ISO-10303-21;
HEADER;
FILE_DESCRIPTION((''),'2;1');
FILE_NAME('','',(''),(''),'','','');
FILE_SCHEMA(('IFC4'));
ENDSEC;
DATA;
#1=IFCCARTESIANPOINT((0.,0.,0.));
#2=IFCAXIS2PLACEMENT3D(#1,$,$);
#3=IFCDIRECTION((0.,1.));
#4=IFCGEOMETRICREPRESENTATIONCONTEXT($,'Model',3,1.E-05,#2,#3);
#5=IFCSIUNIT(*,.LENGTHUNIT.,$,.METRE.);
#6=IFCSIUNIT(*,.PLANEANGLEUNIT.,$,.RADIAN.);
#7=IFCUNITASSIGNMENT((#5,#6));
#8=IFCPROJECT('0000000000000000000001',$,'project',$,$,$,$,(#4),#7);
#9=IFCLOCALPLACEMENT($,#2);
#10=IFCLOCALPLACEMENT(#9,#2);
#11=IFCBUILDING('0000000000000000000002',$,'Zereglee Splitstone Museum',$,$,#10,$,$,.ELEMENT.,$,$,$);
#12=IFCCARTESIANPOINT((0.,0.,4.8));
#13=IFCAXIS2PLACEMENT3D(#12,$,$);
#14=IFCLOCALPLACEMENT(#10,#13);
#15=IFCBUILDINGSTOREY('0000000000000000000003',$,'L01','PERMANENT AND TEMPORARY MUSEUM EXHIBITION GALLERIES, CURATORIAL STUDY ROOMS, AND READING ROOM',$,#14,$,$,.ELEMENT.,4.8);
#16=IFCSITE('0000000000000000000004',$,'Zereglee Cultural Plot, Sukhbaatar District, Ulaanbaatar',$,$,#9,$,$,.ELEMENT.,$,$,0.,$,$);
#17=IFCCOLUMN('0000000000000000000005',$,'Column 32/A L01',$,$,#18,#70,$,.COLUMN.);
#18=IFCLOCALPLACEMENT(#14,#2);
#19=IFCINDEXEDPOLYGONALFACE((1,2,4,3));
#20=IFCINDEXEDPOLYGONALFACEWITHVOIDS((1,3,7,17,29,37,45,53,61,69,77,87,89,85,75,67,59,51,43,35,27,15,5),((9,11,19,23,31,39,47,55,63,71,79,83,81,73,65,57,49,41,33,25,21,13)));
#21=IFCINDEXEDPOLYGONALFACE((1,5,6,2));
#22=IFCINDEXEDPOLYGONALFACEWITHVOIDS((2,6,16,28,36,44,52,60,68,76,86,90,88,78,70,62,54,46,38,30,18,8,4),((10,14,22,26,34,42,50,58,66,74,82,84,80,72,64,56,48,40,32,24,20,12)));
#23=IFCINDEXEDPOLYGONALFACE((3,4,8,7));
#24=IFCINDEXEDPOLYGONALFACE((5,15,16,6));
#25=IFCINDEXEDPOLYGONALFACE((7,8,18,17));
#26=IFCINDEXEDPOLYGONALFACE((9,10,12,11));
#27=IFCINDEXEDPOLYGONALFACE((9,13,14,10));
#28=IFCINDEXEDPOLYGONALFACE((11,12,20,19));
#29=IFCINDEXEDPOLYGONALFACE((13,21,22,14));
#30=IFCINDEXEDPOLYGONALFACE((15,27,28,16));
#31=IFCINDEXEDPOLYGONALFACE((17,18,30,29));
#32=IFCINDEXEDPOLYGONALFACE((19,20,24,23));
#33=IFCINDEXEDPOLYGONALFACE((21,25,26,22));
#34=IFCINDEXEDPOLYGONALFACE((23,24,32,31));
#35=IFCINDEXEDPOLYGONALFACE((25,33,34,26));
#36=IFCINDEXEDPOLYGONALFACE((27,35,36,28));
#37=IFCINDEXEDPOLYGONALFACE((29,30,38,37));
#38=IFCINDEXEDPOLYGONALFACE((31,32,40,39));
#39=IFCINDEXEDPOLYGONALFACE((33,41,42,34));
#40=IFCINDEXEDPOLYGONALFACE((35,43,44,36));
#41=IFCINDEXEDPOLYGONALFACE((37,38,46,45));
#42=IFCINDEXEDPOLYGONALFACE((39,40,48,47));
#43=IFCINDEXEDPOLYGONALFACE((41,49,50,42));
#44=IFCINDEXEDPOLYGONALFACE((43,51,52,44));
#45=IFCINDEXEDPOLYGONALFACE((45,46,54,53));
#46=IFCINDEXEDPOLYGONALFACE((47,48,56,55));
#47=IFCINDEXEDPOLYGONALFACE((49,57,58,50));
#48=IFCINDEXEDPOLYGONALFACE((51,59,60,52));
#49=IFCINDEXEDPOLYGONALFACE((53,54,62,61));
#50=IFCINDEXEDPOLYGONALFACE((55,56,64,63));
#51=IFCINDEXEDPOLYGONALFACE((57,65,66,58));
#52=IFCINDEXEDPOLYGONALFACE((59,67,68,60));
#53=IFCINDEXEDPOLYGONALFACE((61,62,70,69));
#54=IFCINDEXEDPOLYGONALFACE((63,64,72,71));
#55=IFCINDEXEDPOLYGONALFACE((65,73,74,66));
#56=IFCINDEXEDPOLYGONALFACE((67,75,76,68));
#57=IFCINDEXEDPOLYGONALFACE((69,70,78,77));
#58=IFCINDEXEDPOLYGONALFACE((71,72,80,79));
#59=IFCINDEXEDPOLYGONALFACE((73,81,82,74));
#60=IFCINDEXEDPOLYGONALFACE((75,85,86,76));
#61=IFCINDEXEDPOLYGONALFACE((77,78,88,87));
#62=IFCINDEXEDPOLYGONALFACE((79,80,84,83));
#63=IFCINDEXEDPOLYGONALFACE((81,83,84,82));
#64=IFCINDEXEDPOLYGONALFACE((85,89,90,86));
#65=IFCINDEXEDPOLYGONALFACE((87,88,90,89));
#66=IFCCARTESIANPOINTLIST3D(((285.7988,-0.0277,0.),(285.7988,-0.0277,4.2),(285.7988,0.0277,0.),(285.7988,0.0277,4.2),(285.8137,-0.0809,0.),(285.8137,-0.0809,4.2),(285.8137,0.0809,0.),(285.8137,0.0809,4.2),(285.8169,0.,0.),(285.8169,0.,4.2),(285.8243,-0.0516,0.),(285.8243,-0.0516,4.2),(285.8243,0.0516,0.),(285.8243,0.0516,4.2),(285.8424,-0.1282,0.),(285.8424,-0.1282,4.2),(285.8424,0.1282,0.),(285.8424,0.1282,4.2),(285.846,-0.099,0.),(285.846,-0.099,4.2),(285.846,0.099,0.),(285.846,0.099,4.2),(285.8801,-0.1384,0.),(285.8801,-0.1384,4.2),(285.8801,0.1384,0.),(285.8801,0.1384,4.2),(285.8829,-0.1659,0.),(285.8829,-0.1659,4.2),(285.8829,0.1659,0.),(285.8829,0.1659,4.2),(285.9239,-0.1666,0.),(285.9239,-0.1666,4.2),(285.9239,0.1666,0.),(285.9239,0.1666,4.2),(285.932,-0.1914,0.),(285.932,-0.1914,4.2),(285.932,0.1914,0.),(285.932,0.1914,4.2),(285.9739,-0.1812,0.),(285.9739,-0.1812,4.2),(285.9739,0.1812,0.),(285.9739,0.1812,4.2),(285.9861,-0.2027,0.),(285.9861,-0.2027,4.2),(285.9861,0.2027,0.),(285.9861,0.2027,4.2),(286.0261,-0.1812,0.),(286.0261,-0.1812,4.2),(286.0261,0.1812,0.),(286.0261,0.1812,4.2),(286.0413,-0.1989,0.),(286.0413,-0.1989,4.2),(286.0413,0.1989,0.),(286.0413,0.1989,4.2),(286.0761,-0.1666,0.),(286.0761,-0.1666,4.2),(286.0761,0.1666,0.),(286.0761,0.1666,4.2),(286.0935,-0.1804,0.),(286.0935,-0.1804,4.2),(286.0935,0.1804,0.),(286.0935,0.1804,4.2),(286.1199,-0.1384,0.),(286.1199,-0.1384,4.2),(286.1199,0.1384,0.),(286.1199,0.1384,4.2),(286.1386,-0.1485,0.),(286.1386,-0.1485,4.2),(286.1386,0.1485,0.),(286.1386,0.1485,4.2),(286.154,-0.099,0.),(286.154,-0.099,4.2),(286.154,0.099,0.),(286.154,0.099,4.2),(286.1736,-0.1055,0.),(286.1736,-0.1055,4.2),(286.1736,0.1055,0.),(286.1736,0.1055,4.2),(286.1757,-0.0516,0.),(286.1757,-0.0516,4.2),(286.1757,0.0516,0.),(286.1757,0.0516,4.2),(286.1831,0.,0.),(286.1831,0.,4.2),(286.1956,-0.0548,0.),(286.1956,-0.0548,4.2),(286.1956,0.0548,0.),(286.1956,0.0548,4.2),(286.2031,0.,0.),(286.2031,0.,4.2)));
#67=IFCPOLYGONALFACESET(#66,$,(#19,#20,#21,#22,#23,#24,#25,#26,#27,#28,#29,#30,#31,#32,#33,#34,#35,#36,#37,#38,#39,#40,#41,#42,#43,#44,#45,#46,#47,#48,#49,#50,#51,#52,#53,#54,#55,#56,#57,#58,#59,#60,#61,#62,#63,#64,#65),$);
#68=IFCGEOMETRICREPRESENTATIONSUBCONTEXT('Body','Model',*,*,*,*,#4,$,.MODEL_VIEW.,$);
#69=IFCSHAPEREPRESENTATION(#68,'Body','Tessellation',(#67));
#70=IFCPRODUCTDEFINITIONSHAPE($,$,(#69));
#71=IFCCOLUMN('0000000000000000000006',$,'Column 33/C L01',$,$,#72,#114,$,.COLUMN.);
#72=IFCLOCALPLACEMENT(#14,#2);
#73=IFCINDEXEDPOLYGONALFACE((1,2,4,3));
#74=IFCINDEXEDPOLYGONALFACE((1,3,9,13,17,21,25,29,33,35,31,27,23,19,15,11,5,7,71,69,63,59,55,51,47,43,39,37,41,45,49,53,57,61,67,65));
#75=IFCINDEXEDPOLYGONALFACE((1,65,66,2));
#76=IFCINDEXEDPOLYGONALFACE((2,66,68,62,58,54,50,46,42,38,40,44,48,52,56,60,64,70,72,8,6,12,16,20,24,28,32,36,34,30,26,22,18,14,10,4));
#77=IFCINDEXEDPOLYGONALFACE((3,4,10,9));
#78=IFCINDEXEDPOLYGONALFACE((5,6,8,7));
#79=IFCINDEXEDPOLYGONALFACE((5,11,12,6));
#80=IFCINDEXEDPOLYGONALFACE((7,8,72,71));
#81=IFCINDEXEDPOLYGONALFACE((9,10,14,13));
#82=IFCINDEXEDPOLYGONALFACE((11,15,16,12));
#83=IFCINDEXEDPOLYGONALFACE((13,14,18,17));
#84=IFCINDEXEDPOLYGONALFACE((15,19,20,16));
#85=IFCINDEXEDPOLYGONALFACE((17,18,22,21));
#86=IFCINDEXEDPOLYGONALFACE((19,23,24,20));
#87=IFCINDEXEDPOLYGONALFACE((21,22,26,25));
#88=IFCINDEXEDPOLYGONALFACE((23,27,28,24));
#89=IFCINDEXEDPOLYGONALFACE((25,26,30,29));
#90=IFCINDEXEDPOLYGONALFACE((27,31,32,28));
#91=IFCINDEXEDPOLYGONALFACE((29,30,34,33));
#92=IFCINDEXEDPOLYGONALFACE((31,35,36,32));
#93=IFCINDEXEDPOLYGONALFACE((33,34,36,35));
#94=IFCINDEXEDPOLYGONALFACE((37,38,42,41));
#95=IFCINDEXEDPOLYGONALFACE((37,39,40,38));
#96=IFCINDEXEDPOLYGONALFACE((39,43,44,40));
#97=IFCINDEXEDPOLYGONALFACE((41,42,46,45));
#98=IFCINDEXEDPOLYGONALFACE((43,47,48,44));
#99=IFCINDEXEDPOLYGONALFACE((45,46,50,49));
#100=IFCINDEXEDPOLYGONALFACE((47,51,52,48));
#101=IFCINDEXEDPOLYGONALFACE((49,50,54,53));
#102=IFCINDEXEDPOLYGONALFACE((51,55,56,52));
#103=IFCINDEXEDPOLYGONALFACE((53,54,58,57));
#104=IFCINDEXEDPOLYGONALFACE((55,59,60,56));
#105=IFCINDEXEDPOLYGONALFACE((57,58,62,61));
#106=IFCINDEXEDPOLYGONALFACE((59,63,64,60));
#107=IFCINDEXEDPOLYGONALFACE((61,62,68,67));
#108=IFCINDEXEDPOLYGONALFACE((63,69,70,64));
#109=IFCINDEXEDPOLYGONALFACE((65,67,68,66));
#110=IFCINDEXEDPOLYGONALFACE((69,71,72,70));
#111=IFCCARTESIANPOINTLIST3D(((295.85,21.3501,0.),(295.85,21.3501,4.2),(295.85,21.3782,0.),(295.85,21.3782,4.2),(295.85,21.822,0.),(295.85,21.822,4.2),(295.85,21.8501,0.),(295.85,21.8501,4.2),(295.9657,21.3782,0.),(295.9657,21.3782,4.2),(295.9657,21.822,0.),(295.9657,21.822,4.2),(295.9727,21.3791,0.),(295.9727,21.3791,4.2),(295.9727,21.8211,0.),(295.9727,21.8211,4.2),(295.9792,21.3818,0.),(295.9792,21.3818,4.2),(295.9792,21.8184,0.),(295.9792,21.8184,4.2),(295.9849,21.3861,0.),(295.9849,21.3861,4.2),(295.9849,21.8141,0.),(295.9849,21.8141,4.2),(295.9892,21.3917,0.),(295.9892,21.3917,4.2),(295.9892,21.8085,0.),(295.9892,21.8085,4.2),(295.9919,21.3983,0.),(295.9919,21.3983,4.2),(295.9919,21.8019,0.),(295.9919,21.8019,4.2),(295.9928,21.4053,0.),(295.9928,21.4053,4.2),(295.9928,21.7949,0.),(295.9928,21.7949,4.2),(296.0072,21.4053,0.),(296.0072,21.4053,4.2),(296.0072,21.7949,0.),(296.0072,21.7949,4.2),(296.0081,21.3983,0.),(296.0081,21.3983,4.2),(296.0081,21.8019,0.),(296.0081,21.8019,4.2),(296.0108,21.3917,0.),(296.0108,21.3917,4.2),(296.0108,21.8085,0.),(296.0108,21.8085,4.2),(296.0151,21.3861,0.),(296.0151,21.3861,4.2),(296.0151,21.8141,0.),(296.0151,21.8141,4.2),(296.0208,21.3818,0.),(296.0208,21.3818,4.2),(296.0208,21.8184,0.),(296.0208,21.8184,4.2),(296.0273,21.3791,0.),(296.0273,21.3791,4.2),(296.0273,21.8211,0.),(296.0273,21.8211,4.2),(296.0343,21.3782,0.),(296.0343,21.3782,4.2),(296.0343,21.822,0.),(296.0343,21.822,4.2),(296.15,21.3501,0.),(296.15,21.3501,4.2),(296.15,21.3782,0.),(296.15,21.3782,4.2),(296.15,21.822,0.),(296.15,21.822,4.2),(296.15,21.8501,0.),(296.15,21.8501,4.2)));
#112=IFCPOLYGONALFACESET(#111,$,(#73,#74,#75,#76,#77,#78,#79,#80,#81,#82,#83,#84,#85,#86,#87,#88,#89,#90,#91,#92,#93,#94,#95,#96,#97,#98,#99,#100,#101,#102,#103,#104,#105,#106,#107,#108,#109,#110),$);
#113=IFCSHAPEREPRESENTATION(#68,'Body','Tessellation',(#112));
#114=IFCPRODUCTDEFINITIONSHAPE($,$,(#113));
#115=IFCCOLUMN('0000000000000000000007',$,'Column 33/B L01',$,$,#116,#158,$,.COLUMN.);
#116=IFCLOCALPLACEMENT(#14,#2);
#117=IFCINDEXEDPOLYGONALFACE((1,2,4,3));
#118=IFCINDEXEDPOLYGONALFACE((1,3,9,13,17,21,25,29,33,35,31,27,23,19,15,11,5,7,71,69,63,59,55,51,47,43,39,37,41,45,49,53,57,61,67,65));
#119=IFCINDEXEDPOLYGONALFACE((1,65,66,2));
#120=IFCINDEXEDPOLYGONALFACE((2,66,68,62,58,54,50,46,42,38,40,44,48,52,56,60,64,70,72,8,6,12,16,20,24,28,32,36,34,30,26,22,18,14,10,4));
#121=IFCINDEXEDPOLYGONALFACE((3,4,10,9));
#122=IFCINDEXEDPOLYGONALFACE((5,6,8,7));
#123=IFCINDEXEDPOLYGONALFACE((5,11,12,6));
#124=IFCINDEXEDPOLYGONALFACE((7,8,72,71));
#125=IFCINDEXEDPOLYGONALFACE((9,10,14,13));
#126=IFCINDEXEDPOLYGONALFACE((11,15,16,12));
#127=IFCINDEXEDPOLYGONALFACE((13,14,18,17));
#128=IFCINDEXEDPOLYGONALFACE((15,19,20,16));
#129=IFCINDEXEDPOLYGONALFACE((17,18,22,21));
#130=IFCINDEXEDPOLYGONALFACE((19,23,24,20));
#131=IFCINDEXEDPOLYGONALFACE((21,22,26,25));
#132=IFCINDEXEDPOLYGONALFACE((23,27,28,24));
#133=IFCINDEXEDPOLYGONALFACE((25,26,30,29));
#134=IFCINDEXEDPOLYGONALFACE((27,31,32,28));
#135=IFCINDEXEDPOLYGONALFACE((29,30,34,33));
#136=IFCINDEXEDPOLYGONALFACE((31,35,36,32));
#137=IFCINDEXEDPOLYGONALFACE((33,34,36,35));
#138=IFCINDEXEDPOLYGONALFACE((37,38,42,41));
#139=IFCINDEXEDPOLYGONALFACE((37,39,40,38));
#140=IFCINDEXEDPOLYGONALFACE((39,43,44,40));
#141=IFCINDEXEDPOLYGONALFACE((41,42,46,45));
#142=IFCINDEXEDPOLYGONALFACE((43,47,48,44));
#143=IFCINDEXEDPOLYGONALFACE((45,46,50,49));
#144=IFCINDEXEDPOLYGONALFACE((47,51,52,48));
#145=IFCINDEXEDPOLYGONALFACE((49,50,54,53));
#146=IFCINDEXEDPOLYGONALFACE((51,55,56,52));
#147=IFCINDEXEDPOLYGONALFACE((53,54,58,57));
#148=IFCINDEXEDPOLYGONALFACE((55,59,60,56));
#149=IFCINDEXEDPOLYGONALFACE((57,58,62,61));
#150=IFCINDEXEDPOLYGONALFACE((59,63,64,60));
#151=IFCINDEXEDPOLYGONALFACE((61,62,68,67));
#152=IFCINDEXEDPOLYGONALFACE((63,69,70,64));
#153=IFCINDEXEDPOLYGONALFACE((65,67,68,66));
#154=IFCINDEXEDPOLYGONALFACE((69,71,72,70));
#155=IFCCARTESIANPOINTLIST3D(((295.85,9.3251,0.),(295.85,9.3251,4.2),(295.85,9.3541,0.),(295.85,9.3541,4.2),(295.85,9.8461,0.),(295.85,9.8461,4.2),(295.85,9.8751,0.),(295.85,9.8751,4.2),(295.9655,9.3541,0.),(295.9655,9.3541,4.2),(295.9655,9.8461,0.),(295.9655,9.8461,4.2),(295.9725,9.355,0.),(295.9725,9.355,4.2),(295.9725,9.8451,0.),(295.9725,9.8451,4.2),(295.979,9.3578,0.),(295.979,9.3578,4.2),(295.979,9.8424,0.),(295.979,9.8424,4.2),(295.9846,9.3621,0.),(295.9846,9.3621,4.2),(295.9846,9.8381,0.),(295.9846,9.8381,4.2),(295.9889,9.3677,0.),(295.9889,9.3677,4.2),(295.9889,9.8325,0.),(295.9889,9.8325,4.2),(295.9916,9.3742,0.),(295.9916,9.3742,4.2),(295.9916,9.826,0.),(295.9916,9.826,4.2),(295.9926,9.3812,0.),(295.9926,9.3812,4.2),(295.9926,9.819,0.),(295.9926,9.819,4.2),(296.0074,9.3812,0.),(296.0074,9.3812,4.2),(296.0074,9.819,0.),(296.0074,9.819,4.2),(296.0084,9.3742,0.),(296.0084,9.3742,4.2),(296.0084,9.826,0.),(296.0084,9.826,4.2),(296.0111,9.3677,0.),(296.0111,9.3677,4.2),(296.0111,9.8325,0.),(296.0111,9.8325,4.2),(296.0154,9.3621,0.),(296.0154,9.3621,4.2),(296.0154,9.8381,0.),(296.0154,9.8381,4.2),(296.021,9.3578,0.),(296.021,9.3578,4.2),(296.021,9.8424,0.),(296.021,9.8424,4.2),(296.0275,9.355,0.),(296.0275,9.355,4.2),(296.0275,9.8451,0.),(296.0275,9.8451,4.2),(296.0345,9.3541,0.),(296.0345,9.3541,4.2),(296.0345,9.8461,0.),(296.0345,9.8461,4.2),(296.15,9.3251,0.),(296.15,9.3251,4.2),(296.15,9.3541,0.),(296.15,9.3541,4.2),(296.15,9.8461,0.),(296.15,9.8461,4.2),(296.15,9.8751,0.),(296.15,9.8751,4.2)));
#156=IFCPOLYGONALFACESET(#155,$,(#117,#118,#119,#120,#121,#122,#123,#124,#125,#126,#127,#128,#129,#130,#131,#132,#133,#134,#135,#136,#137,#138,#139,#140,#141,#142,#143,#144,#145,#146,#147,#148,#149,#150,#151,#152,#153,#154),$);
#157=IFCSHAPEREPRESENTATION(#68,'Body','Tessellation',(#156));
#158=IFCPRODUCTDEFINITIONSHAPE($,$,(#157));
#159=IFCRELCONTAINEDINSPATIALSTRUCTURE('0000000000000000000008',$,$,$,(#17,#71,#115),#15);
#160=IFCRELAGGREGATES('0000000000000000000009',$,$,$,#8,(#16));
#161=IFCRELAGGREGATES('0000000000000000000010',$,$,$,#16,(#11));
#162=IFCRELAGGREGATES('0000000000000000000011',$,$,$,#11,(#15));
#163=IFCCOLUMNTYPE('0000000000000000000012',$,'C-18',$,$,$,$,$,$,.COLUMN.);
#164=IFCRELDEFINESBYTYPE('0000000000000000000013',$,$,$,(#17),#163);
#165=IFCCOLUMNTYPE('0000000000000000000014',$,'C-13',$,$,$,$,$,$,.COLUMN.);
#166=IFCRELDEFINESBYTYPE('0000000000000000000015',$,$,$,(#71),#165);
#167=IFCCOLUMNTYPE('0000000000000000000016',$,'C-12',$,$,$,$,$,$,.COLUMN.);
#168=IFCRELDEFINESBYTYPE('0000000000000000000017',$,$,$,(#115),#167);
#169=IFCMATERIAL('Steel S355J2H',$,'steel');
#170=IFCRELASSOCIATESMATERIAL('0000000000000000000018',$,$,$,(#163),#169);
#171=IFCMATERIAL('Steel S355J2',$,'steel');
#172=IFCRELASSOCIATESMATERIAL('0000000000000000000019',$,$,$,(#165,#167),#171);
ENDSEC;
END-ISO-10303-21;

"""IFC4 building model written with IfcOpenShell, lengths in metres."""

from ifc_helpers import new_model, si_unit, direction, frame, origin, origin_2d, place, context, subcontext, project, spatial, hollow_circle, i_section, extrude, material, material_profile, profile_set, type_object, element, save


model = new_model("IFC4")

# Units and contexts
model_context = context("Model", 3, precision=1e-05, world=origin(), true_north=direction((0.0, 1.0)))
body_context = subcontext(model_context, "Body", "Model", "MODEL_VIEW")
ifc_project = project(units=[si_unit("LENGTHUNIT", "METRE"), si_unit("PLANEANGLEUNIT", "RADIAN")], contexts=[model_context])

# Site, building, storey
site_placement = place(None, origin())
site = spatial("IfcSite", under=ifc_project, at=site_placement, Name="Zereglee Cultural Plot, Sukhbaatar District, Ulaanbaatar", CompositionType="ELEMENT", RefElevation=0.0)
building_placement = place(site_placement, origin())
building = spatial("IfcBuilding", under=site, at=building_placement, Name="Zereglee Splitstone Museum", CompositionType="ELEMENT")
storey_placement = place(building_placement, frame((0.0, 0.0, 4.8)))
storey = spatial("IfcBuildingStorey", under=building, at=storey_placement, Name="L01", Description="PERMANENT AND TEMPORARY MUSEUM EXHIBITION GALLERIES, CURATORIAL STUDY ROOMS, AND READING ROOM", CompositionType="ELEMENT", Elevation=4.8)

# Columns
ifc_material_1 = material(Name="Steel S355J2H", Category="steel")
ifc_material_profile_1 = material_profile(ifc_material_1, hollow_circle(Radius=0.2031, WallThickness=0.02, at=origin_2d()), Name="CHS 406.4x20")
ifc_profile_set_1 = profile_set([ifc_material_profile_1], Name="Steel S355J2H")
column_type_1 = type_object("IfcColumnType", Name="C-18", PredefinedType="COLUMN", material=ifc_profile_set_1)
column_1_placement = place(storey_placement, frame((286.0, 0.0, 0.0), z_axis=(0.0, 0.0, 1.0), x_axis=(1.0, 0.0, 0.0)))
element("IfcColumn", 1, at=column_1_placement, inside=storey, type_object=column_type_1, Name="Column 32/A L01", PredefinedType="COLUMN", context=body_context, shape_type="SweptSolid", body=[
    extrude(hollow_circle(Radius=0.2031, WallThickness=0.02, at=origin_2d()), origin(), (0.0, 0.0, 1.0), 4.2),
])
ifc_material_2 = material(Name="Steel S355J2", Category="steel")
ifc_material_profile_2 = material_profile(ifc_material_2, i_section(OverallWidth=0.3, OverallDepth=0.5, WebThickness=0.0144, FlangeThickness=0.0281, FilletRadius=0.0271, at=origin_2d()), Name="HE 500 B")
ifc_profile_set_2 = profile_set([ifc_material_profile_2], Name="Steel S355J2")
column_type_2 = type_object("IfcColumnType", Name="C-13", PredefinedType="COLUMN", material=ifc_profile_set_2)
column_2_placement = place(storey_placement, frame((296.0, 21.6001, 0.0), z_axis=(0.0, 0.0, 1.0), x_axis=(1.0, 0.0, 0.0)))
element("IfcColumn", 2, at=column_2_placement, inside=storey, type_object=column_type_2, Name="Column 33/C L01", PredefinedType="COLUMN", context=body_context, shape_type="SweptSolid", body=[
    extrude(i_section(OverallWidth=0.3, OverallDepth=0.5, WebThickness=0.0144, FlangeThickness=0.0281, FilletRadius=0.0271, at=origin_2d()), origin(), (0.0, 0.0, 1.0), 4.2),
])
ifc_material_profile_3 = material_profile(ifc_material_2, i_section(OverallWidth=0.3, OverallDepth=0.55, WebThickness=0.0149, FlangeThickness=0.0291, FilletRadius=0.0271, at=origin_2d()), Name="HE 550 B")
ifc_profile_set_3 = profile_set([ifc_material_profile_3], Name="Steel S355J2")
column_type_3 = type_object("IfcColumnType", Name="C-12", PredefinedType="COLUMN", material=ifc_profile_set_3)
column_3_placement = place(storey_placement, frame((296.0, 9.6001, 0.0), z_axis=(0.0, 0.0, 1.0), x_axis=(1.0, 0.0, 0.0)))
element("IfcColumn", 3, at=column_3_placement, inside=storey, type_object=column_type_3, Name="Column 33/B L01", PredefinedType="COLUMN", context=body_context, shape_type="SweptSolid", body=[
    extrude(i_section(OverallWidth=0.3, OverallDepth=0.55, WebThickness=0.0149, FlangeThickness=0.0291, FilletRadius=0.0271, at=origin_2d()), origin(), (0.0, 0.0, 1.0), 4.2),
])

save(model, "model.ifc")
